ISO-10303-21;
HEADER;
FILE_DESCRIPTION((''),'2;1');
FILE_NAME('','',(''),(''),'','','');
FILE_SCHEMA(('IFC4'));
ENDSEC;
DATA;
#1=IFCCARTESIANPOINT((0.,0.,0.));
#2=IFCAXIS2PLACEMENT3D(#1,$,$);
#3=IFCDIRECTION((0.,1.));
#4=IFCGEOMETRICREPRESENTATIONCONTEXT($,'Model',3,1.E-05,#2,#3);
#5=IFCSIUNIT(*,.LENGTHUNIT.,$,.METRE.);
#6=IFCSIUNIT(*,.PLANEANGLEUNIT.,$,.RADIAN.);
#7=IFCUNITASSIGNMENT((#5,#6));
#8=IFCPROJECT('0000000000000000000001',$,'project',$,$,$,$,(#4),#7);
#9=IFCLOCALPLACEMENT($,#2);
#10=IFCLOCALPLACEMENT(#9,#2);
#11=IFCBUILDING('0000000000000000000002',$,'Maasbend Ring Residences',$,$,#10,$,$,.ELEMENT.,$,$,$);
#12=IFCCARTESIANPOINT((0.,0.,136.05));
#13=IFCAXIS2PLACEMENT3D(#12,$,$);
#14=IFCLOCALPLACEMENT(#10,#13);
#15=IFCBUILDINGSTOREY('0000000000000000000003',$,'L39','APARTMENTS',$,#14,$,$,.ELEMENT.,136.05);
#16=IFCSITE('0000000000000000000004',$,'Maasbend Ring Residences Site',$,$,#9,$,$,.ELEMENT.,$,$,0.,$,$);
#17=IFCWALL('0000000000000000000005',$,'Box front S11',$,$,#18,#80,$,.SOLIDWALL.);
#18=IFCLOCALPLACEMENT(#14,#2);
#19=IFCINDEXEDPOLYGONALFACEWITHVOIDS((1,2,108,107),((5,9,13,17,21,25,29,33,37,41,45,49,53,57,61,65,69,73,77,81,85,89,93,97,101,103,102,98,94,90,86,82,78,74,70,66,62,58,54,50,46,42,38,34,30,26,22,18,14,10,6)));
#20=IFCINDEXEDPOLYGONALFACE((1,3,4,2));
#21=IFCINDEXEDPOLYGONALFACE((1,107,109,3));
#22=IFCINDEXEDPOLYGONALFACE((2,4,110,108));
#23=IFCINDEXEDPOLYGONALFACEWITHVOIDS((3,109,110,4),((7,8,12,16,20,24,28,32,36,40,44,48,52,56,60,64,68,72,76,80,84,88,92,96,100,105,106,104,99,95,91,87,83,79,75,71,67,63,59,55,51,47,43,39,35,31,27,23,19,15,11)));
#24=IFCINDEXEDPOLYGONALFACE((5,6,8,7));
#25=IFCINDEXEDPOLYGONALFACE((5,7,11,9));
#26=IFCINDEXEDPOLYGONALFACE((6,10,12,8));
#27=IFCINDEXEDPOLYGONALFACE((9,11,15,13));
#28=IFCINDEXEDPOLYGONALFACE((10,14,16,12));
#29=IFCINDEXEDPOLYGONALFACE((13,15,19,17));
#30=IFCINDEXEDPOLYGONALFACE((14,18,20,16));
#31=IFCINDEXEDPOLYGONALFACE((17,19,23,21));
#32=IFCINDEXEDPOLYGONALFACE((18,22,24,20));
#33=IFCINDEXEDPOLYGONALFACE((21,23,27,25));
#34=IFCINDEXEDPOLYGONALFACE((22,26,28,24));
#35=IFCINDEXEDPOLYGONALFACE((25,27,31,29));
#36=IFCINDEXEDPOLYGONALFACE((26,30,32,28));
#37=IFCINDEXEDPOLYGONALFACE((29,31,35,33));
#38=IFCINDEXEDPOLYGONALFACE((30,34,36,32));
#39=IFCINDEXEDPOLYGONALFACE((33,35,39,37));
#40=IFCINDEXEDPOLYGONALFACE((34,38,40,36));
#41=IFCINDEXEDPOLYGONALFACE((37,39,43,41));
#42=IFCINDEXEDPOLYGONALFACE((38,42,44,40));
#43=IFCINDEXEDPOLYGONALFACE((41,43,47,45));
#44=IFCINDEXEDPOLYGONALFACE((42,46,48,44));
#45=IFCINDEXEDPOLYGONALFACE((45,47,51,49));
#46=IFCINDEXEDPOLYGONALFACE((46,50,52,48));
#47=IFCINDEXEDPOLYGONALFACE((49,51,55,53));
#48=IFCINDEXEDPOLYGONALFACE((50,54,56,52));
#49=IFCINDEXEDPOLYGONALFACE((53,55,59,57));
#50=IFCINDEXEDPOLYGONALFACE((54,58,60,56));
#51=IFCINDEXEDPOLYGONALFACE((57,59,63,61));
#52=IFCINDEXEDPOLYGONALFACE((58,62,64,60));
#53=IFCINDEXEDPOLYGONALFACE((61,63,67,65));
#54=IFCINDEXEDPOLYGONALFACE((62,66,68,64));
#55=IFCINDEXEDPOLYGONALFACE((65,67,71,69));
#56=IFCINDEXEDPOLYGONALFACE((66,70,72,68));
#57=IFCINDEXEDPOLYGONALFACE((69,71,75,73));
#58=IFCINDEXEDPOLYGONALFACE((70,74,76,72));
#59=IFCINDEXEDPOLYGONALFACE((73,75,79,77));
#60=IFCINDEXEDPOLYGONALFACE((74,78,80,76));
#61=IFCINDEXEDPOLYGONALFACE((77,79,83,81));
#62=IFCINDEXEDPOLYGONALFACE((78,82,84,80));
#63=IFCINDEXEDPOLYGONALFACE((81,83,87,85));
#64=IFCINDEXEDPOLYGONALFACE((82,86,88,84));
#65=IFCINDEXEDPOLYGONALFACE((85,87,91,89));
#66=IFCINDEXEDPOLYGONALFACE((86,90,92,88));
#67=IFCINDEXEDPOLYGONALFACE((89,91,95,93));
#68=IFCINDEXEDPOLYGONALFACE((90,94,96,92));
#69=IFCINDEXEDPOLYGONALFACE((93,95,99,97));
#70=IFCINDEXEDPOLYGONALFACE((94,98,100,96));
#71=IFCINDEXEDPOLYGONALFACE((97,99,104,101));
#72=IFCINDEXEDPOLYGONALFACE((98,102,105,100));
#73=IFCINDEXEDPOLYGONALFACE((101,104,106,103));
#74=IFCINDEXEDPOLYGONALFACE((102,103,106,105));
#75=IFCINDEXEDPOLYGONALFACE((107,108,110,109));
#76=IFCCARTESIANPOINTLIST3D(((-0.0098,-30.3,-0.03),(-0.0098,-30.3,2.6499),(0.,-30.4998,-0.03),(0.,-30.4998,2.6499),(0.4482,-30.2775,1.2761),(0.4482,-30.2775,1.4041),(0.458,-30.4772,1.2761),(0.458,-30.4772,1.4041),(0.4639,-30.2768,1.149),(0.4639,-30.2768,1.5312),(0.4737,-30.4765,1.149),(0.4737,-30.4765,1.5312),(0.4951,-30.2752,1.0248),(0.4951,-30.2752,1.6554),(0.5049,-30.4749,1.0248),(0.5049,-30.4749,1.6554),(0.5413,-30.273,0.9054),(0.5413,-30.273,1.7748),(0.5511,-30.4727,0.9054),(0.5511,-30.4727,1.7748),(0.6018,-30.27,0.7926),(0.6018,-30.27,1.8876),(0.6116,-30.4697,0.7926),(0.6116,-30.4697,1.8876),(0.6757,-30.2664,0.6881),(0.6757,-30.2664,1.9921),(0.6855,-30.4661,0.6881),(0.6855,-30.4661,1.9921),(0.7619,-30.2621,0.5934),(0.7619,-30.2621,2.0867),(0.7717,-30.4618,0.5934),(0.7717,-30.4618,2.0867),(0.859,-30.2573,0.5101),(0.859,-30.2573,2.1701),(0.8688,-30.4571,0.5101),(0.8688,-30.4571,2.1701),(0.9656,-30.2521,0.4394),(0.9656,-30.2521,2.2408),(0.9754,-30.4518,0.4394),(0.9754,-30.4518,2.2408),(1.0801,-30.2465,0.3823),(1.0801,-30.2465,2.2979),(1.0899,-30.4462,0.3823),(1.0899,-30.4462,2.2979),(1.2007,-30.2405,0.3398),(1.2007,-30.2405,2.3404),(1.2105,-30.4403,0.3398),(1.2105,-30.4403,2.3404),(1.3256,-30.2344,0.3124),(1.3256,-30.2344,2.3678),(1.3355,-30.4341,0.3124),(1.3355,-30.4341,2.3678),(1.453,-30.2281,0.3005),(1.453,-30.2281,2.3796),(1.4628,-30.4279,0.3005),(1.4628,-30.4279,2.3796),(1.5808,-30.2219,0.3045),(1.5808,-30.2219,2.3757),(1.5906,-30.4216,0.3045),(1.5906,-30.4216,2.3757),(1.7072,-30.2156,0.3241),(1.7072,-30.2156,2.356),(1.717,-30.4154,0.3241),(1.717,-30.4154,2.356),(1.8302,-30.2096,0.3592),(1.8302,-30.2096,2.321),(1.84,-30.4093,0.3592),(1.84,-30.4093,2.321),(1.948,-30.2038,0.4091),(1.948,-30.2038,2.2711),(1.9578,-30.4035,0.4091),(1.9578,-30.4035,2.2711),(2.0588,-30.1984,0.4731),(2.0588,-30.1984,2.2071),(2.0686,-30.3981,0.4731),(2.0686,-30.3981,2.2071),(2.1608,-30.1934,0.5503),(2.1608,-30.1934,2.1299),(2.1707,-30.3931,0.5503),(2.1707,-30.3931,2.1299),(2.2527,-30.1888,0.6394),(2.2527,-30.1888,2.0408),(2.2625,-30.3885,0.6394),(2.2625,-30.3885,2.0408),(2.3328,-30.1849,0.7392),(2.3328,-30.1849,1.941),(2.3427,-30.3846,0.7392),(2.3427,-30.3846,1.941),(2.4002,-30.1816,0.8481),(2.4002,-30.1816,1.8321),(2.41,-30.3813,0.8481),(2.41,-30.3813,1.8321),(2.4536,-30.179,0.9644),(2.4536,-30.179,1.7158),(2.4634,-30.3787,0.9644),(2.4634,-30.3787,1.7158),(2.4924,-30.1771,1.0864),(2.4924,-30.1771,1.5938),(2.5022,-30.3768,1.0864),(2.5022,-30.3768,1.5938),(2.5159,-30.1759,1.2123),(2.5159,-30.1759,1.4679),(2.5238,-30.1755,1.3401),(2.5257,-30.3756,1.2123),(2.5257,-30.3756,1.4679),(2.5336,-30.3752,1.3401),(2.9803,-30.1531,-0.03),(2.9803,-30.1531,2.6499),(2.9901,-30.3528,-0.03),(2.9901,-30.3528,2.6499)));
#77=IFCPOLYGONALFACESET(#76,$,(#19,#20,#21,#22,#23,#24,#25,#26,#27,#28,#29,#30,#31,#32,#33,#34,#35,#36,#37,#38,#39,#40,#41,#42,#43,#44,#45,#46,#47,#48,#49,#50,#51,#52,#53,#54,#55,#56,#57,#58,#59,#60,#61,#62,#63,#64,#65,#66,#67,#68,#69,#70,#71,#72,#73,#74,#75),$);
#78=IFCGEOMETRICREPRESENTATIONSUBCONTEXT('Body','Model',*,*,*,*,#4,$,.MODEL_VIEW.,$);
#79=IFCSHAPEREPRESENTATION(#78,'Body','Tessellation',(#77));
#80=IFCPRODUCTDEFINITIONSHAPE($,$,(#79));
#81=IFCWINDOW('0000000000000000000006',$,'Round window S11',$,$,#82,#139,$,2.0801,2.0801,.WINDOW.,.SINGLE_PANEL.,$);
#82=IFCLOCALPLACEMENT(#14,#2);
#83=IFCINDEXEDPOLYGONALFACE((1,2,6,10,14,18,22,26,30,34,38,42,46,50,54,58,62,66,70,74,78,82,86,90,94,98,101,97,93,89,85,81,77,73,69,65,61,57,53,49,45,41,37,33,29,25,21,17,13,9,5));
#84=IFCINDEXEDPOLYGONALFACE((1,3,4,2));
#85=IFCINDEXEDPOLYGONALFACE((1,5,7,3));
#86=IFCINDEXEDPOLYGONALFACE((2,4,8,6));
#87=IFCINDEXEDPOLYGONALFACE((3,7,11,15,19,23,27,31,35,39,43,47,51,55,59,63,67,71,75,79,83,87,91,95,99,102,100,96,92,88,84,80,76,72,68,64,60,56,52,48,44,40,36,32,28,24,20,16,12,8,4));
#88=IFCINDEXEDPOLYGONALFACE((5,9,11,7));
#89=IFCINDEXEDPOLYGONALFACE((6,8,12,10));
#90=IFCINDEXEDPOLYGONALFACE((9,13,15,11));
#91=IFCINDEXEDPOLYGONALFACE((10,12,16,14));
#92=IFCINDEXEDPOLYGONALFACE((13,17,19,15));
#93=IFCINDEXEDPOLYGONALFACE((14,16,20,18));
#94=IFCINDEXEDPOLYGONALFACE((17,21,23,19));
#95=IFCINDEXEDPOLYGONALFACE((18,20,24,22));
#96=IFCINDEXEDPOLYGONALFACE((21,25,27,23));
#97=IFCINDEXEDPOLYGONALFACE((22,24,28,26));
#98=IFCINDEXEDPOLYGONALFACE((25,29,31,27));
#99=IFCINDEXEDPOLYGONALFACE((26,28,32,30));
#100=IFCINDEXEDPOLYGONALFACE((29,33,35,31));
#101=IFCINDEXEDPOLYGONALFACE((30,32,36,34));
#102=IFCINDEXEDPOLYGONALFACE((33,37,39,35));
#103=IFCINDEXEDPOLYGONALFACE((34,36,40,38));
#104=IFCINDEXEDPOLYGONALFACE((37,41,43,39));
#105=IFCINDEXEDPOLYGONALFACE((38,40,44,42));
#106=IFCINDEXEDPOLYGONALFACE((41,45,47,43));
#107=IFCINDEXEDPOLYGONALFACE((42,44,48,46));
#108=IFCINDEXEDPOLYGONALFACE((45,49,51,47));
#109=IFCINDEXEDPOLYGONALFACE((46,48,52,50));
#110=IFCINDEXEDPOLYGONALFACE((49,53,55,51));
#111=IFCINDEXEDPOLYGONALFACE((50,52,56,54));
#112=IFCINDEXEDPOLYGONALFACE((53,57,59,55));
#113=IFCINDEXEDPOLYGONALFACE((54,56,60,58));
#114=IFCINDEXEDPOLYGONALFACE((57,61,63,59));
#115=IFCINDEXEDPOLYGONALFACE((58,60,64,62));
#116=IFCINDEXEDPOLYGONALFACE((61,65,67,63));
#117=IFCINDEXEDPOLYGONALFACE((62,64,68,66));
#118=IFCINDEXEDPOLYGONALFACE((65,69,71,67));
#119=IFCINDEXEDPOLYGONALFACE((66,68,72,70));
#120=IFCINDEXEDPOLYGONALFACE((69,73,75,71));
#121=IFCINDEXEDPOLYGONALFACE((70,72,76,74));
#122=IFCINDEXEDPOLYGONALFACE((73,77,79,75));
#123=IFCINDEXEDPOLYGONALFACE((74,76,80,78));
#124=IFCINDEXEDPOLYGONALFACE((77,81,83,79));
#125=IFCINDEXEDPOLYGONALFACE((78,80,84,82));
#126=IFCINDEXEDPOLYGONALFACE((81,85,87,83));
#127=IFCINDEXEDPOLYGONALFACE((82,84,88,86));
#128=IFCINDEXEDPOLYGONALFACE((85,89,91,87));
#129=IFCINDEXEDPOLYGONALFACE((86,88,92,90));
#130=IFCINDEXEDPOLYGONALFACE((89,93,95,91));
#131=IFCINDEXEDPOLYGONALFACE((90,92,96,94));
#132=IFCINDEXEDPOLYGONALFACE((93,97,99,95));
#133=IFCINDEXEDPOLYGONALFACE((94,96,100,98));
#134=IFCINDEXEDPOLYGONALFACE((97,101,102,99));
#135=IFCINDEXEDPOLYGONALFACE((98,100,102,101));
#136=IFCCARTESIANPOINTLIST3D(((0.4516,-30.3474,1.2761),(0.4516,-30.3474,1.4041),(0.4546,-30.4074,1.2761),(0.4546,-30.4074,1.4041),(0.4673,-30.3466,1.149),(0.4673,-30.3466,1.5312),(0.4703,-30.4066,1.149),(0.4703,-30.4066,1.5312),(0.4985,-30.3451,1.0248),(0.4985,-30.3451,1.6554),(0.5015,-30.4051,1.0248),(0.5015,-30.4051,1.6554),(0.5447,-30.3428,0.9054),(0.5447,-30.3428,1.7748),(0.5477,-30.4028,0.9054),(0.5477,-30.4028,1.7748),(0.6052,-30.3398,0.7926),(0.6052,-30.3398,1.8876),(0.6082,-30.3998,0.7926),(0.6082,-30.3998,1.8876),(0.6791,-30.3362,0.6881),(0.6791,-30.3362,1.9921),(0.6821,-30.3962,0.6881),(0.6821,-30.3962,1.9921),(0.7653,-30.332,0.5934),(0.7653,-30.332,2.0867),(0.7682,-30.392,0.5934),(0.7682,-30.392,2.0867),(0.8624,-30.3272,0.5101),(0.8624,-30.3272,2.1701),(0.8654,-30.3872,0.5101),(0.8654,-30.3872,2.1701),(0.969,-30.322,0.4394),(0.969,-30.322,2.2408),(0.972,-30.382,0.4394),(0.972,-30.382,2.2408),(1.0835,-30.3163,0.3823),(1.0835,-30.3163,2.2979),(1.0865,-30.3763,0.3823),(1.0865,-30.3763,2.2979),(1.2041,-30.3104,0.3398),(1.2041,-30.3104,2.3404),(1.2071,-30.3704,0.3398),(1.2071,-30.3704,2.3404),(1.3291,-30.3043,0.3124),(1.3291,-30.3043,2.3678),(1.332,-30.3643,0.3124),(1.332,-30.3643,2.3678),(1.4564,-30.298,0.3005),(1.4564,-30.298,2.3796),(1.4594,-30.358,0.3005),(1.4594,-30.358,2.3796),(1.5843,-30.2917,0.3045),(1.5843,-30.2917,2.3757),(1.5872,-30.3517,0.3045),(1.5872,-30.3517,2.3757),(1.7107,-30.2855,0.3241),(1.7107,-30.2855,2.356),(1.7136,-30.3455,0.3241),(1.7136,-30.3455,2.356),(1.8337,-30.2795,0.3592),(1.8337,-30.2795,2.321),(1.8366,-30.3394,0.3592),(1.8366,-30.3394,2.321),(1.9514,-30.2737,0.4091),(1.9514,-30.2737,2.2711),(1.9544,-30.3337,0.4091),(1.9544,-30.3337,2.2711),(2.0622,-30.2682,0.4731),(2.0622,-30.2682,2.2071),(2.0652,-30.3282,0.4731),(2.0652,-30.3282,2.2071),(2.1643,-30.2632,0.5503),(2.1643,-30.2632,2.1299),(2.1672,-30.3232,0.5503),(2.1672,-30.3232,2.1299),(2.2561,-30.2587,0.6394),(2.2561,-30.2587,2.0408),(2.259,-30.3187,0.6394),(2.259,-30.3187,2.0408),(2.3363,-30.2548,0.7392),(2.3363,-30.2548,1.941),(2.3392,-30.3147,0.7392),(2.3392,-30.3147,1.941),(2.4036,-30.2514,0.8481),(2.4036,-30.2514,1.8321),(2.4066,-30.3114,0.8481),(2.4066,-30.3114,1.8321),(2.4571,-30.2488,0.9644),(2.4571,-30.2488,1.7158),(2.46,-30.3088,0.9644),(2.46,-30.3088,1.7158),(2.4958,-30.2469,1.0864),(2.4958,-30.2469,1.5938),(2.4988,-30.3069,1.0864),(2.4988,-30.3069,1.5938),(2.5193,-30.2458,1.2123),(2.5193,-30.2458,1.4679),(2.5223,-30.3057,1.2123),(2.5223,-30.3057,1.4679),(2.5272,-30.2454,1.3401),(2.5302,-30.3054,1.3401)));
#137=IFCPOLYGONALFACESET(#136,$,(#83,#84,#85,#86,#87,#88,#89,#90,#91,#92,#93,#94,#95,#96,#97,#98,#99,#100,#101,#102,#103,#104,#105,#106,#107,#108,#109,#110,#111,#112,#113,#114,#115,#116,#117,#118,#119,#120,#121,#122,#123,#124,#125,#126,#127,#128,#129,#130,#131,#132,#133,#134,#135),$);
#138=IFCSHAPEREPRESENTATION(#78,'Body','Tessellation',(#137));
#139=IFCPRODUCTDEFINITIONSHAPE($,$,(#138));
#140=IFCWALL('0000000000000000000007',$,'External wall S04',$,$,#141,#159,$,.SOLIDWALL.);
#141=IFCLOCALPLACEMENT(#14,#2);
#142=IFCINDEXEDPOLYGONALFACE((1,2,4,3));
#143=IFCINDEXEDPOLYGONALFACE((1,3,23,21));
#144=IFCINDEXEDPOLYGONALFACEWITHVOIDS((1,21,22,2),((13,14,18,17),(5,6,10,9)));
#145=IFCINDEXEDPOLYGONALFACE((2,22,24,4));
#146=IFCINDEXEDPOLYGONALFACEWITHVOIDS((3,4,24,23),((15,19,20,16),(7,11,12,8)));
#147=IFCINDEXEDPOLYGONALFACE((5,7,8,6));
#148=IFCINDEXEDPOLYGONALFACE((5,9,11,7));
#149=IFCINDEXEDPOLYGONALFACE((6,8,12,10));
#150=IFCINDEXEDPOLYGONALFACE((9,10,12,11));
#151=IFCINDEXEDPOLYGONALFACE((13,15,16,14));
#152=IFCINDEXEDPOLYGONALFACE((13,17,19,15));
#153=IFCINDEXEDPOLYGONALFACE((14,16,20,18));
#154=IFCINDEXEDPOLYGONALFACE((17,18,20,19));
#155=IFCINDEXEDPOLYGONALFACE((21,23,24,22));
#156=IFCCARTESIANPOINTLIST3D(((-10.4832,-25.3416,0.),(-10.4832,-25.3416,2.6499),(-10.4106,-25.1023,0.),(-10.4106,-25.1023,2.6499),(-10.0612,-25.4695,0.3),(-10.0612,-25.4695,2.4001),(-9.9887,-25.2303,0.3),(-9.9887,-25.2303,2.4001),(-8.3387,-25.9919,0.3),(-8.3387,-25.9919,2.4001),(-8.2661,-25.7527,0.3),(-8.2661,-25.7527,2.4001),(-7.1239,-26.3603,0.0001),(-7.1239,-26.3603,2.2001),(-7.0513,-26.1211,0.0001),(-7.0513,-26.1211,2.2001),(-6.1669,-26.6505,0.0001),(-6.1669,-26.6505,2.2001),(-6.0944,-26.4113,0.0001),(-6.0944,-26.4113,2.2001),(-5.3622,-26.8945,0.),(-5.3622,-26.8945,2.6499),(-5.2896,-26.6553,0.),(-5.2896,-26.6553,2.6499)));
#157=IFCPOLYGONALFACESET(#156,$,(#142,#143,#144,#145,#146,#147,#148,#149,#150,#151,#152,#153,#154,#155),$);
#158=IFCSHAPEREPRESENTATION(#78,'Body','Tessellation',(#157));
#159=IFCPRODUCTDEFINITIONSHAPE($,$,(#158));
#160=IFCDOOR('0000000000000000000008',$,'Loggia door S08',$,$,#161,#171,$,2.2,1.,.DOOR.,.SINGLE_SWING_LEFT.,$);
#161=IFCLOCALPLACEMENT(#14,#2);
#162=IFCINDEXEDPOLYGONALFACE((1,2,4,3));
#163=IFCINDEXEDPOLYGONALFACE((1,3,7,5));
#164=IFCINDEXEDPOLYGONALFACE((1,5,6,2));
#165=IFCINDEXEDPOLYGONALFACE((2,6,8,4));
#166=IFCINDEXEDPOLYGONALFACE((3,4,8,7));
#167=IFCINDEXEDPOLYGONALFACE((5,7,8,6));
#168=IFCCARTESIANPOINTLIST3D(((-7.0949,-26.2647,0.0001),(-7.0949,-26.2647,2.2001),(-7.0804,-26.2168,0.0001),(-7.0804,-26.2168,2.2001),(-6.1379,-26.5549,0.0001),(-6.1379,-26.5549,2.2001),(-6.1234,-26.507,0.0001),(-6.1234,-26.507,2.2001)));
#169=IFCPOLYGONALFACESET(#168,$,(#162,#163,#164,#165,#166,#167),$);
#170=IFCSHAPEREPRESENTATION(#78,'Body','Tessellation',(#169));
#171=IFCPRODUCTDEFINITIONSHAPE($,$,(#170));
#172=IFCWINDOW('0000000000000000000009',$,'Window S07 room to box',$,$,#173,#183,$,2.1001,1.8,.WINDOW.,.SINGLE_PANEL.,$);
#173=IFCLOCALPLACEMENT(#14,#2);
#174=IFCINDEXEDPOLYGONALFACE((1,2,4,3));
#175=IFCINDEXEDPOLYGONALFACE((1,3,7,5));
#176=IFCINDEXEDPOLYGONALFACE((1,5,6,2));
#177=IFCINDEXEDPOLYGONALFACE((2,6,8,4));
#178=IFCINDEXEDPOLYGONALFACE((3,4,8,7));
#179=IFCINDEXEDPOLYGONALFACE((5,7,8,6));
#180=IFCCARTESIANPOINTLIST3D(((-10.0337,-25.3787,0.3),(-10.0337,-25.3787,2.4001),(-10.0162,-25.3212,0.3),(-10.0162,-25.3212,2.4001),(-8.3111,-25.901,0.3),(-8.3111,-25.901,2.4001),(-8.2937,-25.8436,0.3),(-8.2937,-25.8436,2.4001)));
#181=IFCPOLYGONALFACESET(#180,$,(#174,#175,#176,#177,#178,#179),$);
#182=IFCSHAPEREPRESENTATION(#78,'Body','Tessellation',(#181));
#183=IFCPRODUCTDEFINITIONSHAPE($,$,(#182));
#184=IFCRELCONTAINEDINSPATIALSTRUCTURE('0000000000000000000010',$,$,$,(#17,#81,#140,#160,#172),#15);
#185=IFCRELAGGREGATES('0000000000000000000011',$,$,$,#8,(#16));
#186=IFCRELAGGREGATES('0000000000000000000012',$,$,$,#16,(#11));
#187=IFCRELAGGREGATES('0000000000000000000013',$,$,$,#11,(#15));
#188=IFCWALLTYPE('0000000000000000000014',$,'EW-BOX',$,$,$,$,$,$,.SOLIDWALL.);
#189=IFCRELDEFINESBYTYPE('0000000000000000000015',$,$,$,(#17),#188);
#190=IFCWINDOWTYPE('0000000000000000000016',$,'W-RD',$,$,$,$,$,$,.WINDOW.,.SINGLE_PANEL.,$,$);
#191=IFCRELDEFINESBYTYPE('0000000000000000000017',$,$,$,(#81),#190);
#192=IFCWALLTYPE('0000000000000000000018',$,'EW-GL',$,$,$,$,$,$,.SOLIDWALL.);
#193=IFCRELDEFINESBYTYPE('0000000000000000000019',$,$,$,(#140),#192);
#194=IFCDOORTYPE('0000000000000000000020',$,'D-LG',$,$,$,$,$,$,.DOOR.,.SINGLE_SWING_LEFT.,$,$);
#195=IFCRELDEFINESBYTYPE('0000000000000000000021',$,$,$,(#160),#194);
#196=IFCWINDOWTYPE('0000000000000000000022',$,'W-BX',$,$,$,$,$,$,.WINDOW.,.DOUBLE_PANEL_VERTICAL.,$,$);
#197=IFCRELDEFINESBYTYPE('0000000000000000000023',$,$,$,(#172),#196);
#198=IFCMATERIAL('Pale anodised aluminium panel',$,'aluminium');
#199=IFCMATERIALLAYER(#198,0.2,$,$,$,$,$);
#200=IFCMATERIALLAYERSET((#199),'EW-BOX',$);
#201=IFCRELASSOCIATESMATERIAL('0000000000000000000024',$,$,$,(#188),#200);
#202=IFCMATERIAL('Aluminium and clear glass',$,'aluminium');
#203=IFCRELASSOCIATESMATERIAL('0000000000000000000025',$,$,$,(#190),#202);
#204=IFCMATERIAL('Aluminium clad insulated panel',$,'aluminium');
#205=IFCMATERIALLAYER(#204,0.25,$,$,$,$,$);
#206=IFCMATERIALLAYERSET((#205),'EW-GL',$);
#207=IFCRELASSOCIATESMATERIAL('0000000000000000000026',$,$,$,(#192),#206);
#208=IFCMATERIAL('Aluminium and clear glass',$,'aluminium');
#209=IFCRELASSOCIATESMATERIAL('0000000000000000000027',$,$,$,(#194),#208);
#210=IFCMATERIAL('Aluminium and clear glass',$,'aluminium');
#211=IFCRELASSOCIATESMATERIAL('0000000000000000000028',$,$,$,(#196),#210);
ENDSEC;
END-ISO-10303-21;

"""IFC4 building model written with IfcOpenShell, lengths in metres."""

from ifc_helpers import new_model, si_unit, direction, frame, frame_2d, origin, place, context, subcontext, project, spatial, rectangle, circle, extrude, material, layer, layer_set, type_object, element, fill, save


model = new_model("IFC4")

# Units and contexts
model_context = context("Model", 3, precision=1e-05, world=origin(), true_north=direction((0.0, 1.0)))
body_context = subcontext(model_context, "Body", "Model", "MODEL_VIEW")
ifc_project = project(units=[si_unit("LENGTHUNIT", "METRE"), si_unit("PLANEANGLEUNIT", "RADIAN")], contexts=[model_context])

# Site, building, storey
site_placement = place(None, origin())
site = spatial("IfcSite", under=ifc_project, at=site_placement, Name="Maasbend Ring Residences Site", CompositionType="ELEMENT", RefElevation=0.0)
building_placement = place(site_placement, origin())
building = spatial("IfcBuilding", under=site, at=building_placement, Name="Maasbend Ring Residences", CompositionType="ELEMENT")
storey_placement = place(building_placement, frame((0.0, 0.0, 136.05)))
storey = spatial("IfcBuildingStorey", under=building, at=storey_placement, Name="L39", Description="APARTMENTS", CompositionType="ELEMENT", Elevation=136.05)

# Shared definitions
ifc_material_1 = material(Name="Pale anodised aluminium panel", Category="aluminium")
ifc_layer_1 = layer(ifc_material_1, 0.2)
ifc_layer_set_1 = layer_set([ifc_layer_1], Name="EW-BOX")
wall_type_1 = type_object("IfcWallType", Name="EW-BOX", PredefinedType="SOLIDWALL", material=ifc_layer_set_1)

# Shared definitions
ifc_material_2 = material(Name="Aluminium and clear glass", Category="aluminium")
window_type_1 = type_object("IfcWindowType", Name="W-RD", PartitioningType="SINGLE_PANEL", PredefinedType="WINDOW", material=ifc_material_2)

# Wall, opening, window
wall_1_placement = place(storey_placement, frame((-0.0049, -30.3999, -0.03), z_axis=(0.0, 0.0, 1.0), x_axis=(0.998794, 0.049096, 0.0)))
wall_1 = element("IfcWall", 1, at=wall_1_placement, inside=storey, type_object=wall_type_1, Name="Box front S11", PredefinedType="SOLIDWALL", context=body_context, shape_type="SweptSolid", body=[
    extrude(rectangle(XDim=2.9937, YDim=0.2, at=frame_2d((1.4968, 0.0))), origin(), (0.0, 0.0, 1.0), 2.6799),
])
opening_1_placement = place(wall_1_placement, frame((0.4565, 0.0, 0.3301)))
opening_1 = element("IfcOpeningElement", 2, at=opening_1_placement, cuts=wall_1, PredefinedType="OPENING", context=body_context, shape_type="SweptSolid", body=[
    extrude(circle(Radius=1.04, at=frame_2d((1.04, 1.04))), frame((0.0, 0.1099, 0.0), z_axis=(0.0, -1.0, 0.0), x_axis=(1.0, 0.0, 0.0)), (0.0, 0.0, 1.0), 0.22),
])
window_1_placement = place(opening_1_placement, origin())
window_1 = element("IfcWindow", 3, at=window_1_placement, inside=storey, type_object=window_type_1, Name="Round window S11", OverallHeight=2.0801, OverallWidth=2.0801, PartitioningType="SINGLE_PANEL", PredefinedType="WINDOW", context=body_context, shape_type="SweptSolid", body=[
    extrude(circle(Radius=1.04, at=frame_2d((1.04, 1.04))), frame((0.0, 0.03, 0.0), z_axis=(0.0, -1.0, 0.0), x_axis=(1.0, 0.0, 0.0)), (0.0, 0.0, 1.0), 0.0601),
])
fill(opening_1, window_1)

# Wall, openings, door, window
ifc_material_3 = material(Name="Aluminium clad insulated panel", Category="aluminium")
ifc_layer_2 = layer(ifc_material_3, 0.25)
ifc_layer_set_2 = layer_set([ifc_layer_2], Name="EW-GL")
wall_type_2 = type_object("IfcWallType", Name="EW-GL", PredefinedType="SOLIDWALL", material=ifc_layer_set_2)
wall_2_placement = place(storey_placement, frame((-10.447, -25.2219, 0.0), z_axis=(0.0, 0.0, 1.0), x_axis=(0.956966, -0.290201, 0.0)))
wall_2 = element("IfcWall", 4, at=wall_2_placement, inside=storey, type_object=wall_type_2, Name="External wall S04", PredefinedType="SOLIDWALL", context=body_context, shape_type="SweptSolid", body=[
    extrude(rectangle(XDim=5.3513, YDim=0.25, at=frame_2d((2.6758, 0.0))), origin(), (0.0, 0.0, 1.0), 2.6499),
])
opening_2_placement = place(wall_2_placement, frame((0.4412, 0.0, 0.3)))
opening_2 = element("IfcOpeningElement", 5, at=opening_2_placement, cuts=wall_2, PredefinedType="OPENING", context=body_context, shape_type="SweptSolid", body=[
    extrude(rectangle(XDim=1.8, YDim=2.1001, at=frame_2d((0.8999, 1.05))), frame((0.0, 0.135, 0.0), z_axis=(0.0, -1.0, 0.0), x_axis=(1.0, 0.0, 0.0)), (0.0, 0.0, 1.0), 0.27),
])
opening_3_placement = place(wall_2_placement, frame((3.5105, 0.0, 0.0)))
opening_3 = element("IfcOpeningElement", 6, at=opening_3_placement, cuts=wall_2, PredefinedType="OPENING", context=body_context, shape_type="SweptSolid", body=[
    extrude(rectangle(XDim=1.0, YDim=2.2, at=frame_2d((0.5, 1.1001))), frame((0.0, 0.135, 0.0), z_axis=(0.0, -1.0, 0.0), x_axis=(1.0, 0.0, 0.0)), (0.0, 0.0, 1.0), 0.27),
])
ifc_material_4 = material(Name="Aluminium and clear glass", Category="aluminium")
door_type_1 = type_object("IfcDoorType", Name="D-LG", OperationType="SINGLE_SWING_LEFT", PredefinedType="DOOR", material=ifc_material_4)
door_1_placement = place(opening_3_placement, origin())
door_1 = element("IfcDoor", 7, at=door_1_placement, inside=storey, type_object=door_type_1, Name="Loggia door S08", OperationType="SINGLE_SWING_LEFT", OverallHeight=2.2, OverallWidth=1.0, PredefinedType="DOOR", context=body_context, shape_type="SweptSolid", body=[
    extrude(rectangle(XDim=1.0, YDim=2.2, at=frame_2d((0.5, 1.1001))), frame((0.0, 0.0249, 0.0), z_axis=(0.0, -1.0, 0.0), x_axis=(1.0, 0.0, 0.0)), (0.0, 0.0, 1.0), 0.05),
])
fill(opening_3, door_1)
ifc_material_5 = material(Name="Aluminium and clear glass", Category="aluminium")
window_type_2 = type_object("IfcWindowType", Name="W-BX", PartitioningType="DOUBLE_PANEL_VERTICAL", PredefinedType="WINDOW", material=ifc_material_5)
window_2_placement = place(opening_2_placement, origin())
window_2 = element("IfcWindow", 8, at=window_2_placement, inside=storey, type_object=window_type_2, Name="Window S07 room to box", OverallHeight=2.1001, OverallWidth=1.8, PartitioningType="SINGLE_PANEL", PredefinedType="WINDOW", context=body_context, shape_type="SweptSolid", body=[
    extrude(rectangle(XDim=1.8, YDim=2.1001, at=frame_2d((0.8999, 1.05))), frame((0.0, 0.03, 0.0), z_axis=(0.0, -1.0, 0.0), x_axis=(1.0, 0.0, 0.0)), (0.0, 0.0, 1.0), 0.0601),
])
fill(opening_2, window_2)

save(model, "model.ifc")
